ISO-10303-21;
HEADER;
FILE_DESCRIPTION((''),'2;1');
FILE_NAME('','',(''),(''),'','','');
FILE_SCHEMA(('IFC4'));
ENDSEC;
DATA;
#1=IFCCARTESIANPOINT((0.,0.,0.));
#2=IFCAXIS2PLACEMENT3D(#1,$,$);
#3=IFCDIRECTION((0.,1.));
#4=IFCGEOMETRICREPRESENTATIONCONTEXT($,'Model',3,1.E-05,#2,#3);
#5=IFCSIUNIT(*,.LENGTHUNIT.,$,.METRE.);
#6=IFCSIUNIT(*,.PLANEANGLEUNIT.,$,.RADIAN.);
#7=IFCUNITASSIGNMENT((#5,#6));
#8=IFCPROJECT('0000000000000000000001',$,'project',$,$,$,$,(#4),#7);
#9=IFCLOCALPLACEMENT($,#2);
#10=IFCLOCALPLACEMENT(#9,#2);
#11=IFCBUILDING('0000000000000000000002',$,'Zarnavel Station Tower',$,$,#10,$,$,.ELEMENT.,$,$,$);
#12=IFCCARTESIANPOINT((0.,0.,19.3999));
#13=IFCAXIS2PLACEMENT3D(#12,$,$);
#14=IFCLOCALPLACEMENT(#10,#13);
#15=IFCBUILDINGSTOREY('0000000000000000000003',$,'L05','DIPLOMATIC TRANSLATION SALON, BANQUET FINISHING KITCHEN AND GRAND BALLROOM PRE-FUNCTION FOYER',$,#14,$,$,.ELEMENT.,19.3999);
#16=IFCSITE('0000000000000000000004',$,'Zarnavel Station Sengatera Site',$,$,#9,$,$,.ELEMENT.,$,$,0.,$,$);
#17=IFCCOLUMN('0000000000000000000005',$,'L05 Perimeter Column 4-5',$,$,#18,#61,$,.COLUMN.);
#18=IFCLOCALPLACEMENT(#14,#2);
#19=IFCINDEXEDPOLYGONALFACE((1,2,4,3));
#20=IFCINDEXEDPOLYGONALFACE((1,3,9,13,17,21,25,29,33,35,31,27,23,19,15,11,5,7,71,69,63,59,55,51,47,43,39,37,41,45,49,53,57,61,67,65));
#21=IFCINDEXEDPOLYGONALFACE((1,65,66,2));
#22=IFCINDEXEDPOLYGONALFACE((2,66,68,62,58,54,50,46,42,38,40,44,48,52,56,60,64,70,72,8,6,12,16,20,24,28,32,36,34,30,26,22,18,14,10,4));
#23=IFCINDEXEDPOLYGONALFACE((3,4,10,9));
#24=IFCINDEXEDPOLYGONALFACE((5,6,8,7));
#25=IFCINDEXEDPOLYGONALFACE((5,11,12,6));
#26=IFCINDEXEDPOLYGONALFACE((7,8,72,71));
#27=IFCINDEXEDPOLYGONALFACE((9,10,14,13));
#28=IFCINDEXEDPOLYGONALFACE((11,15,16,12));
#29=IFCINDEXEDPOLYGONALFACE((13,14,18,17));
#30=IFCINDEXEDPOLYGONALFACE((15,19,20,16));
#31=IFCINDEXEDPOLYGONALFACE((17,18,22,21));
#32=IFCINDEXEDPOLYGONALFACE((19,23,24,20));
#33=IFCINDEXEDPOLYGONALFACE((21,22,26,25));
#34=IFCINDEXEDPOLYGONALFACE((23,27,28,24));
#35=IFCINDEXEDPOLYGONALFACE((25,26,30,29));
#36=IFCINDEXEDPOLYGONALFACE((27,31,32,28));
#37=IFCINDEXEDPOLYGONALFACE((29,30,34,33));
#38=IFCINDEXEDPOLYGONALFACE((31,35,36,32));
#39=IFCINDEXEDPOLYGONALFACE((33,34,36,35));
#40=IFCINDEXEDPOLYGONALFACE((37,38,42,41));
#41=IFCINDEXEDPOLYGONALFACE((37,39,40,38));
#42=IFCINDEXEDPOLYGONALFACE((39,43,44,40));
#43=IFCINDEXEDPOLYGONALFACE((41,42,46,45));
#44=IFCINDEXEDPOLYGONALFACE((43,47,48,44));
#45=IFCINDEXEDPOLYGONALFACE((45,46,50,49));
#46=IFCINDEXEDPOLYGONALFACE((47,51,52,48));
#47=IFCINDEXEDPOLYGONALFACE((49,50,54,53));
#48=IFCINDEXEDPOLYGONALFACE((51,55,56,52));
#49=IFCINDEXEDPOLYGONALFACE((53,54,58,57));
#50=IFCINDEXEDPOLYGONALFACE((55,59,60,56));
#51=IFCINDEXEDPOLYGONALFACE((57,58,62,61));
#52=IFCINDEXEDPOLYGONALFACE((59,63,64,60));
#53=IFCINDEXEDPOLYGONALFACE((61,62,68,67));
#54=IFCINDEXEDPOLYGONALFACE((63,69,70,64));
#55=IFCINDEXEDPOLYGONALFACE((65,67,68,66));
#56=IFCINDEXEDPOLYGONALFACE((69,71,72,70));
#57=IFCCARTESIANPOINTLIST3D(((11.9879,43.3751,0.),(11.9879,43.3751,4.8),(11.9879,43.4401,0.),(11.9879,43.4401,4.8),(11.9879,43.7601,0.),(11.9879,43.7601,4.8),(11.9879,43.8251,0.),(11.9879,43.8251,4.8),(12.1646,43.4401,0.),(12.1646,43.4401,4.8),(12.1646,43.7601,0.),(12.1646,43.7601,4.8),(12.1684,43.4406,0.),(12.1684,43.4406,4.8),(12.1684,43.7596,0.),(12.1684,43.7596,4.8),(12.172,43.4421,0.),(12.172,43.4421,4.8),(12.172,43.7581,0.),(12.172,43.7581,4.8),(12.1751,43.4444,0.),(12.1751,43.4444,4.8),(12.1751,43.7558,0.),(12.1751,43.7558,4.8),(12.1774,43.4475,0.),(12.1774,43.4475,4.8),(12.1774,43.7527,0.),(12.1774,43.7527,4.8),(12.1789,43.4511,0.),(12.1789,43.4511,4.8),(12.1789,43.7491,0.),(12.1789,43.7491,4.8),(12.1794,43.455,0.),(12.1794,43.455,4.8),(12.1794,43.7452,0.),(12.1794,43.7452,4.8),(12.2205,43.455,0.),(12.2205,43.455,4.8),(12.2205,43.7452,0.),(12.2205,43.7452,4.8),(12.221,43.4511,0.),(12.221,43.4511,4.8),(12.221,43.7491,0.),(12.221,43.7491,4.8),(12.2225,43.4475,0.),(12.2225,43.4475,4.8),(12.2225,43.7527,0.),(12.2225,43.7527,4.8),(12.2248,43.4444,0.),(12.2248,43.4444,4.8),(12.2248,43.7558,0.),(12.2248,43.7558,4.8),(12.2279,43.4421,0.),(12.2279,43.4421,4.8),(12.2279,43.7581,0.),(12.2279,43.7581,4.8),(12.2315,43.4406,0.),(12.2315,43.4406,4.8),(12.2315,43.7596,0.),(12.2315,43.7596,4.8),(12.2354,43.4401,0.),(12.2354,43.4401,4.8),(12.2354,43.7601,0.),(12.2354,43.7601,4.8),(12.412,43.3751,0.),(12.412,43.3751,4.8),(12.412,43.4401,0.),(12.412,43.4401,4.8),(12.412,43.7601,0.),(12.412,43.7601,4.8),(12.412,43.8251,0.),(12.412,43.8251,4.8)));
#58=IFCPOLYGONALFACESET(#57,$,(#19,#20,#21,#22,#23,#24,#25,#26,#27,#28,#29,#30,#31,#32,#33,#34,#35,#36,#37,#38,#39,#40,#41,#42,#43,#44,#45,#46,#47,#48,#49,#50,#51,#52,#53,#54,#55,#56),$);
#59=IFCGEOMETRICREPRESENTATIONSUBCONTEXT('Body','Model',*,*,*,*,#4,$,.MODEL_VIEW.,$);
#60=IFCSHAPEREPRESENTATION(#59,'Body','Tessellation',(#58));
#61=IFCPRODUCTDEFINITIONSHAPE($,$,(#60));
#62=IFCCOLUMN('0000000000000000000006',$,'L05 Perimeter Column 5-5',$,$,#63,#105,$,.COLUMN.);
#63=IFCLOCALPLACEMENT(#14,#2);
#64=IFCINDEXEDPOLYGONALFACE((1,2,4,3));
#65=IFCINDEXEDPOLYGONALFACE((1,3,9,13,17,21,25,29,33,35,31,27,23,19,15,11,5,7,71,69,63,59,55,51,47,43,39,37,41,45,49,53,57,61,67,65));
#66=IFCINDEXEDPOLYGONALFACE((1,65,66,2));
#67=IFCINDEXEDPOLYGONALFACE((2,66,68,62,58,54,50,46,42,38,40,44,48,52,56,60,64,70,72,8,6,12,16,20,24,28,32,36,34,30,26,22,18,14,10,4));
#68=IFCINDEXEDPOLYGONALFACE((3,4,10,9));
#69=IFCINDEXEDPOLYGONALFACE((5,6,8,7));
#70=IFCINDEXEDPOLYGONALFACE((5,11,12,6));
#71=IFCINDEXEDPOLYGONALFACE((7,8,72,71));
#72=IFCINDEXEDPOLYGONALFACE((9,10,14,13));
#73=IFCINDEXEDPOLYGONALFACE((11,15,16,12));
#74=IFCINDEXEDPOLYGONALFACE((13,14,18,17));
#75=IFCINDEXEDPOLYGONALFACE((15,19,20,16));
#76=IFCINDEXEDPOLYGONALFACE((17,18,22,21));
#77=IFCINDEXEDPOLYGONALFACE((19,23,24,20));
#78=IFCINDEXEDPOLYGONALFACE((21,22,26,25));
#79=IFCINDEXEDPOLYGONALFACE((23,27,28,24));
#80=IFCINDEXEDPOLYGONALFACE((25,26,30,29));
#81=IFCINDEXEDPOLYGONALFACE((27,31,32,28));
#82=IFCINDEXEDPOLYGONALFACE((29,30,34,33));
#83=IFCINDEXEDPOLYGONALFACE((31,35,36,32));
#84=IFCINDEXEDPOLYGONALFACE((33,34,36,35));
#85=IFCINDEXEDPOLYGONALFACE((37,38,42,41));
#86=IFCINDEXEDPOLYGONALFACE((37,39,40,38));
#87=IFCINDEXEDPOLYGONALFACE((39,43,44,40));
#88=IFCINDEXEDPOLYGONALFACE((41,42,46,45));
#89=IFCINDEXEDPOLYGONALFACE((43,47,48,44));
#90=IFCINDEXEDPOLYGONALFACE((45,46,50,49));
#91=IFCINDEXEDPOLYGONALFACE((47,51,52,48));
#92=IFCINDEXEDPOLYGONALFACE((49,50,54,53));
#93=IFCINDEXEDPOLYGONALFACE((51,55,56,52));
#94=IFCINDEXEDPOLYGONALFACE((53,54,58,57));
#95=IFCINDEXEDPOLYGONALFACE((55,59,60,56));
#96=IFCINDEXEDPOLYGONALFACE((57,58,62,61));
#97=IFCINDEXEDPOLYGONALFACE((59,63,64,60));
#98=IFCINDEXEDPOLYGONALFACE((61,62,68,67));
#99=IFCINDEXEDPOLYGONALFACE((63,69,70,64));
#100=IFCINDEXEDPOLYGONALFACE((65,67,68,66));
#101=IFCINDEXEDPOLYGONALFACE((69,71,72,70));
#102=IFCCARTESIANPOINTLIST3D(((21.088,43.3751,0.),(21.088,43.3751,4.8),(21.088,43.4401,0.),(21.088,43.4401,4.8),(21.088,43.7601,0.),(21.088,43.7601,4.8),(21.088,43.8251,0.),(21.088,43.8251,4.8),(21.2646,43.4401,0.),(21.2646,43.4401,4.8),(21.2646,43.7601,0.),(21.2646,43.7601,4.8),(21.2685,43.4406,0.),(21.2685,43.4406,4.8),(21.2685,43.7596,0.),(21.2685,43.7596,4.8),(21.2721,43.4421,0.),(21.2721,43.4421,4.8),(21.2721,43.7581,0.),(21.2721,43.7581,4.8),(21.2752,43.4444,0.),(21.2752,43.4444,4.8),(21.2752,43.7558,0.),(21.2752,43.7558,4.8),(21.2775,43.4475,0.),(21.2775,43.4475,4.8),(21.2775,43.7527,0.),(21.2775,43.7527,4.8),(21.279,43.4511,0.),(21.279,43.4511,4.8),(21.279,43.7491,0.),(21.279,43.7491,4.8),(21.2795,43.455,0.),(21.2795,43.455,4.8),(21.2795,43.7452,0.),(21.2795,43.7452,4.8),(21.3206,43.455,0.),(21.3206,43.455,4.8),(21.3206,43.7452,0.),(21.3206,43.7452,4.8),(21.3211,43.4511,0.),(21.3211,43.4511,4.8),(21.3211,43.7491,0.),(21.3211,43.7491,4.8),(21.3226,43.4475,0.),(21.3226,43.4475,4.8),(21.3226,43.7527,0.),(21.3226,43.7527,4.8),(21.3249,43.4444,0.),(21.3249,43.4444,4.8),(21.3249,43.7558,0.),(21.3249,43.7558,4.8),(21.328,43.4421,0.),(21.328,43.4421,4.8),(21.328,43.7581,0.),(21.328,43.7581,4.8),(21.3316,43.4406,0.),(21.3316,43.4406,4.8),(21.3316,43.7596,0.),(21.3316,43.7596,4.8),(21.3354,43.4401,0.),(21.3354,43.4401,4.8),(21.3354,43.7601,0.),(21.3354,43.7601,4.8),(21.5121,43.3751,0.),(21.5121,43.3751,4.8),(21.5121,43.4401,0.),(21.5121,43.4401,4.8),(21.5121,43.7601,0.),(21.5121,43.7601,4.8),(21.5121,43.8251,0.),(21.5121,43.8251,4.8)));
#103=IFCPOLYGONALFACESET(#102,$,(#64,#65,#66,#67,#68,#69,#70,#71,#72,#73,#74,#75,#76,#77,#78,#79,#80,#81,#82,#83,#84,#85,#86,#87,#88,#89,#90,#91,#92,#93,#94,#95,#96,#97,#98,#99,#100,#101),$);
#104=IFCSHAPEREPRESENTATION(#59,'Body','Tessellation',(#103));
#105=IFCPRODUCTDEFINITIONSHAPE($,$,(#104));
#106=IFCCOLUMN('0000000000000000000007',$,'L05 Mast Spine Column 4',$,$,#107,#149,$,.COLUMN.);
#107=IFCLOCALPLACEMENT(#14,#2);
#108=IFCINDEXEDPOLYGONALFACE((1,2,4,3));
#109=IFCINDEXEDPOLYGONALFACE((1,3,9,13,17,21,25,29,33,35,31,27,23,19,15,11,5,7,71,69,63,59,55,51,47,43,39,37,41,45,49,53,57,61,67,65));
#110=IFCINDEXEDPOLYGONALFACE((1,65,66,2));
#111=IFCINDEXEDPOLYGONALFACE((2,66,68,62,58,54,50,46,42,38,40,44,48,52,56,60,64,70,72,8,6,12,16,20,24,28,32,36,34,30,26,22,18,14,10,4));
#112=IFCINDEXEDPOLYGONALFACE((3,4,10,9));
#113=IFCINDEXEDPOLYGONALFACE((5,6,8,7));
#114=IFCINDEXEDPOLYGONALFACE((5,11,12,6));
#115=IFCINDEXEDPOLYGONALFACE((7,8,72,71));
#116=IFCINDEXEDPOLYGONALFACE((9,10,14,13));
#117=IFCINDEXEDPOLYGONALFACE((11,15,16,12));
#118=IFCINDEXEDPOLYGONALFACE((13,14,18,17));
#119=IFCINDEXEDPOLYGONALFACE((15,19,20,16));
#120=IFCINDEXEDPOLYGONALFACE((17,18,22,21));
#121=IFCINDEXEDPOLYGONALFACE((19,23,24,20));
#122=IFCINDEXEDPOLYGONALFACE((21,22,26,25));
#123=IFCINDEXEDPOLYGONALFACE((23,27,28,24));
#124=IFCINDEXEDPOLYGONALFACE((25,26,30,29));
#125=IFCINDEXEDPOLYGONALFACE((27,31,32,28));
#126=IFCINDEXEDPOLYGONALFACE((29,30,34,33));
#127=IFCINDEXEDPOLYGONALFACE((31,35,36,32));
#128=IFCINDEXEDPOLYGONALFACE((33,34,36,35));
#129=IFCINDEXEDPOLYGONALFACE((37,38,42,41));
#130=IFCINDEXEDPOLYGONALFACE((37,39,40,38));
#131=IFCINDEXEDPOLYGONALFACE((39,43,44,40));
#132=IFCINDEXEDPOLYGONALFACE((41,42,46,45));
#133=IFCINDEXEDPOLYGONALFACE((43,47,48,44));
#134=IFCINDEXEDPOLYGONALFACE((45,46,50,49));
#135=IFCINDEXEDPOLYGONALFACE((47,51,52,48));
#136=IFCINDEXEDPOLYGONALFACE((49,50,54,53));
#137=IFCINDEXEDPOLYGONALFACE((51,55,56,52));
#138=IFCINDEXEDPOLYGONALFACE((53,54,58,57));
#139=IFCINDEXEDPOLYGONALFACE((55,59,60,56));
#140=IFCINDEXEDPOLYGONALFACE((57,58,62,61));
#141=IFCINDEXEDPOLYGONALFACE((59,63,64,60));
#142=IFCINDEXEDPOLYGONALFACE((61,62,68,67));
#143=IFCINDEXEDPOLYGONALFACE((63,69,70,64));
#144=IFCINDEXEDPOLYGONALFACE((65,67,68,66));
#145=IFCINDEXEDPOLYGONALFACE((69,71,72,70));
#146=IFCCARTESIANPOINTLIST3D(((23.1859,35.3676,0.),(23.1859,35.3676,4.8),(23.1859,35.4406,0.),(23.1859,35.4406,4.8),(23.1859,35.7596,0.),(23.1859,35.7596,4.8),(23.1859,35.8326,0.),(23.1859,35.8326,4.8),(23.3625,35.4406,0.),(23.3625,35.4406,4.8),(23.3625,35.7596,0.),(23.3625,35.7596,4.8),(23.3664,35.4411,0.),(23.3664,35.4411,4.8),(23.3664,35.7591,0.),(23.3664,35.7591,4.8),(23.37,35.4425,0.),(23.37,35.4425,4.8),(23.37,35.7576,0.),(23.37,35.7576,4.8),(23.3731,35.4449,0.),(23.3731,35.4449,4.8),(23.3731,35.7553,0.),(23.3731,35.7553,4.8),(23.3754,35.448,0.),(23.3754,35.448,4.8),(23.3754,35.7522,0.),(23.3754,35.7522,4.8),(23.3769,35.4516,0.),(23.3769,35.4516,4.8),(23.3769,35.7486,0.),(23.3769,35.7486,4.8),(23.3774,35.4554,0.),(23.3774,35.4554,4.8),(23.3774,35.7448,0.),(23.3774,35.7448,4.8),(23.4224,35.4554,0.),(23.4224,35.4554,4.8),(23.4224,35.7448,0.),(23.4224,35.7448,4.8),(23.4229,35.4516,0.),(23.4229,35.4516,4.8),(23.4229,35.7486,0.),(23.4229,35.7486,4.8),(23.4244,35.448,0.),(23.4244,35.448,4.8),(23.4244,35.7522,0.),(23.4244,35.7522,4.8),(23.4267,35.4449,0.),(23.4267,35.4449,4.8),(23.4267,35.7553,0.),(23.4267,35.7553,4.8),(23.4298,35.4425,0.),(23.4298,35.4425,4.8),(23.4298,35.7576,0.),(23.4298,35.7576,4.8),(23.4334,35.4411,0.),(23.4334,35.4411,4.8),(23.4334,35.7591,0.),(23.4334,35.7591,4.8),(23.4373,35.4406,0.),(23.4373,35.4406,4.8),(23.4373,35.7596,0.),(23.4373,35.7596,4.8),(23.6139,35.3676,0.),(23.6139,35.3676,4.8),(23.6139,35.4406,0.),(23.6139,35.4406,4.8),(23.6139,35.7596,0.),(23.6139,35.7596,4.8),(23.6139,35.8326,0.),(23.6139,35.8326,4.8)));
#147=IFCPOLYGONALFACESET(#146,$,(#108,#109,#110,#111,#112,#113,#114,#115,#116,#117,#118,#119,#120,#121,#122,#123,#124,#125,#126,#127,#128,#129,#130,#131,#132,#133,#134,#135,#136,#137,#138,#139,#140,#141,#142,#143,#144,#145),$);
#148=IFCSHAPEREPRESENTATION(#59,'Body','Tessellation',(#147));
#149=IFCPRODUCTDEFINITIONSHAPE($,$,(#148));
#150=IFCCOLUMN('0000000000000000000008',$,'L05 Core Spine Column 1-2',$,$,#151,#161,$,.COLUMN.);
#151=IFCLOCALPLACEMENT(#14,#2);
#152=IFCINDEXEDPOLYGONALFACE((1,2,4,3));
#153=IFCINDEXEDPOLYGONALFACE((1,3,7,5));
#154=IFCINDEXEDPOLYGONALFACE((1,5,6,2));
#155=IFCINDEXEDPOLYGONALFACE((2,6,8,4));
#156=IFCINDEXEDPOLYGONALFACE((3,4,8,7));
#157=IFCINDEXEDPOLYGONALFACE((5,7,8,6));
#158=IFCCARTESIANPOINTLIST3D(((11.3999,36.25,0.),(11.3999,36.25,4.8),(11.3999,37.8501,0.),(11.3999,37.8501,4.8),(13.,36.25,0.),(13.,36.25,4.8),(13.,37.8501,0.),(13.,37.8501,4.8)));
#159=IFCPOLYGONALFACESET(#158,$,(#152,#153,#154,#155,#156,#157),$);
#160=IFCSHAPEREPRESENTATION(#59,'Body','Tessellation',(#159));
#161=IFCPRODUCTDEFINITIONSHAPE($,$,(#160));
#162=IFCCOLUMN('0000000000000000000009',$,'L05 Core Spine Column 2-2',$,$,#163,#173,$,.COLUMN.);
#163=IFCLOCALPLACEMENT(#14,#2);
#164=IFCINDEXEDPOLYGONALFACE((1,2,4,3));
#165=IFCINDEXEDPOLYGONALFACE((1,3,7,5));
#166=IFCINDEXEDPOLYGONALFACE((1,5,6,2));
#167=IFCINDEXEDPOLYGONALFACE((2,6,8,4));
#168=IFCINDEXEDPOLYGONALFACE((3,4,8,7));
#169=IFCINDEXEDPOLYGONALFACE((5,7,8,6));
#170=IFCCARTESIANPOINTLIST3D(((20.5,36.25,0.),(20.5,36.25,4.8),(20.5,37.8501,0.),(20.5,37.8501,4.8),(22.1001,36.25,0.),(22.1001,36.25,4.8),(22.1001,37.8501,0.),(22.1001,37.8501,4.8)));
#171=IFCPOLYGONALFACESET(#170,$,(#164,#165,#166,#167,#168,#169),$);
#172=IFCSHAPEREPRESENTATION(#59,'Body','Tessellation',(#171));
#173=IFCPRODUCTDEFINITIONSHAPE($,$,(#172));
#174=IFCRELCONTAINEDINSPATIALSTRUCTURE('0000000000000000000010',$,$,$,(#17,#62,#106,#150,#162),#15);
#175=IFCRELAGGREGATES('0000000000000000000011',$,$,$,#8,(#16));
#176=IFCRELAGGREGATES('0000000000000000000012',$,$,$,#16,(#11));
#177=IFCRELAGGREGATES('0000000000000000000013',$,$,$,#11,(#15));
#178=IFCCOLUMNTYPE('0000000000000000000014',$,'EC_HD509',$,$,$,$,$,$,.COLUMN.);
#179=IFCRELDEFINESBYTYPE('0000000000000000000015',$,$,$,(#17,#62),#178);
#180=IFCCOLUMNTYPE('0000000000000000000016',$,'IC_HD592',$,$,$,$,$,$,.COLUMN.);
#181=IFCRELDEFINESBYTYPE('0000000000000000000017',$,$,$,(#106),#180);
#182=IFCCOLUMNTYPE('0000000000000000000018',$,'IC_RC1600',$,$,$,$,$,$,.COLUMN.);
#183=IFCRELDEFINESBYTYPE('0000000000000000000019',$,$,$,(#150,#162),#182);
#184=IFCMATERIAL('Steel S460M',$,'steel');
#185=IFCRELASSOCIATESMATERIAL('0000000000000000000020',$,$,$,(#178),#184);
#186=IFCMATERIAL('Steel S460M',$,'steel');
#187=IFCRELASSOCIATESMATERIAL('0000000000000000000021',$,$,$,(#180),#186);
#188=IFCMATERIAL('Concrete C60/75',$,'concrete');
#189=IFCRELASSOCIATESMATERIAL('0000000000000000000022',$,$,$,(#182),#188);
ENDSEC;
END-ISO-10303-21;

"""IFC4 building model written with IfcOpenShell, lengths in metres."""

from ifc_helpers import new_model, si_unit, direction, frame, origin, origin_2d, place, context, subcontext, project, spatial, rectangle, i_section, extrude, material, material_profile, profile_set, type_object, element, save


model = new_model("IFC4")

# Units and contexts
model_context = context("Model", 3, precision=1e-05, world=origin(), true_north=direction((0.0, 1.0)))
body_context = subcontext(model_context, "Body", "Model", "MODEL_VIEW")
ifc_project = project(units=[si_unit("LENGTHUNIT", "METRE"), si_unit("PLANEANGLEUNIT", "RADIAN")], contexts=[model_context])

# Site, building, storey
site_placement = place(None, origin())
site = spatial("IfcSite", under=ifc_project, at=site_placement, Name="Zarnavel Station Sengatera Site", CompositionType="ELEMENT", RefElevation=0.0)
building_placement = place(site_placement, origin())
building = spatial("IfcBuilding", under=site, at=building_placement, Name="Zarnavel Station Tower", CompositionType="ELEMENT")
storey_placement = place(building_placement, frame((0.0, 0.0, 19.3999)))
storey = spatial("IfcBuildingStorey", under=building, at=storey_placement, Name="L05", Description="DIPLOMATIC TRANSLATION SALON, BANQUET FINISHING KITCHEN AND GRAND BALLROOM PRE-FUNCTION FOYER", CompositionType="ELEMENT", Elevation=19.3999)

# Columns
ifc_material_1 = material(Name="Steel S460M", Category="steel")
ifc_material_profile_1 = material_profile(ifc_material_1, i_section(OverallWidth=0.4241, OverallDepth=0.45, WebThickness=0.041, FlangeThickness=0.0649, FilletRadius=0.0149, at=origin_2d()), Name="HD400x509")
ifc_profile_set_1 = profile_set([ifc_material_profile_1], Name="Steel S460M")
column_type_1 = type_object("IfcColumnType", Name="EC_HD509", PredefinedType="COLUMN", material=ifc_profile_set_1)
for number, where, z_axis, x_axis, name in (
    (1, (12.2, 43.6001, 0.0), (0.0, 0.0, 1.0), (1.0, 0.0, 0.0), "L05 Perimeter Column 4-5"),
    (2, (21.3, 43.6001, 0.0), (0.0, 0.0, 1.0), (1.0, 0.0, 0.0), "L05 Perimeter Column 5-5"),
):
    element("IfcColumn", number, at=place(storey_placement, frame(where, z_axis=z_axis, x_axis=x_axis)), inside=storey, type_object=column_type_1, Name=name, PredefinedType="COLUMN", context=body_context, shape_type="SweptSolid", body=[
        extrude(i_section(OverallWidth=0.4241, OverallDepth=0.45, WebThickness=0.041, FlangeThickness=0.0649, FilletRadius=0.0149, at=origin_2d()), origin(), (0.0, 0.0, 1.0), 4.8),
    ])
ifc_material_2 = material(Name="Steel S460M", Category="steel")
ifc_material_profile_2 = material_profile(ifc_material_2, i_section(OverallWidth=0.428, OverallDepth=0.4651, WebThickness=0.0449, FlangeThickness=0.073, FilletRadius=0.0149, at=origin_2d()), Name="HD400x592")
ifc_profile_set_2 = profile_set([ifc_material_profile_2], Name="Steel S460M")
column_type_2 = type_object("IfcColumnType", Name="IC_HD592", PredefinedType="COLUMN", material=ifc_profile_set_2)
column_placement = place(storey_placement, frame((23.3999, 35.6001, 0.0), z_axis=(0.0, 0.0, 1.0), x_axis=(1.0, 0.0, 0.0)))
element("IfcColumn", 3, at=column_placement, inside=storey, type_object=column_type_2, Name="L05 Mast Spine Column 4", PredefinedType="COLUMN", context=body_context, shape_type="SweptSolid", body=[
    extrude(i_section(OverallWidth=0.428, OverallDepth=0.4651, WebThickness=0.0449, FlangeThickness=0.073, FilletRadius=0.0149, at=origin_2d()), origin(), (0.0, 0.0, 1.0), 4.8),
])
ifc_material_3 = material(Name="Concrete C60/75", Category="concrete")
ifc_material_profile_3 = material_profile(ifc_material_3, rectangle(XDim=1.6001, YDim=1.6001, at=origin_2d()), Name="RC1600x1600")
ifc_profile_set_3 = profile_set([ifc_material_profile_3], Name="Concrete C60/75")
column_type_3 = type_object("IfcColumnType", Name="IC_RC1600", PredefinedType="COLUMN", material=ifc_profile_set_3)
for number, where, z_axis, x_axis, name in (
    (4, (12.2, 37.05, 0.0), (0.0, 0.0, 1.0), (1.0, 0.0, 0.0), "L05 Core Spine Column 1-2"),
    (5, (21.3, 37.05, 0.0), (0.0, 0.0, 1.0), (1.0, 0.0, 0.0), "L05 Core Spine Column 2-2"),
):
    element("IfcColumn", number, at=place(storey_placement, frame(where, z_axis=z_axis, x_axis=x_axis)), inside=storey, type_object=column_type_3, Name=name, PredefinedType="COLUMN", context=body_context, shape_type="SweptSolid", body=[
        extrude(rectangle(XDim=1.6001, YDim=1.6001, at=origin_2d()), origin(), (0.0, 0.0, 1.0), 4.8),
    ])

save(model, "model.ifc")
